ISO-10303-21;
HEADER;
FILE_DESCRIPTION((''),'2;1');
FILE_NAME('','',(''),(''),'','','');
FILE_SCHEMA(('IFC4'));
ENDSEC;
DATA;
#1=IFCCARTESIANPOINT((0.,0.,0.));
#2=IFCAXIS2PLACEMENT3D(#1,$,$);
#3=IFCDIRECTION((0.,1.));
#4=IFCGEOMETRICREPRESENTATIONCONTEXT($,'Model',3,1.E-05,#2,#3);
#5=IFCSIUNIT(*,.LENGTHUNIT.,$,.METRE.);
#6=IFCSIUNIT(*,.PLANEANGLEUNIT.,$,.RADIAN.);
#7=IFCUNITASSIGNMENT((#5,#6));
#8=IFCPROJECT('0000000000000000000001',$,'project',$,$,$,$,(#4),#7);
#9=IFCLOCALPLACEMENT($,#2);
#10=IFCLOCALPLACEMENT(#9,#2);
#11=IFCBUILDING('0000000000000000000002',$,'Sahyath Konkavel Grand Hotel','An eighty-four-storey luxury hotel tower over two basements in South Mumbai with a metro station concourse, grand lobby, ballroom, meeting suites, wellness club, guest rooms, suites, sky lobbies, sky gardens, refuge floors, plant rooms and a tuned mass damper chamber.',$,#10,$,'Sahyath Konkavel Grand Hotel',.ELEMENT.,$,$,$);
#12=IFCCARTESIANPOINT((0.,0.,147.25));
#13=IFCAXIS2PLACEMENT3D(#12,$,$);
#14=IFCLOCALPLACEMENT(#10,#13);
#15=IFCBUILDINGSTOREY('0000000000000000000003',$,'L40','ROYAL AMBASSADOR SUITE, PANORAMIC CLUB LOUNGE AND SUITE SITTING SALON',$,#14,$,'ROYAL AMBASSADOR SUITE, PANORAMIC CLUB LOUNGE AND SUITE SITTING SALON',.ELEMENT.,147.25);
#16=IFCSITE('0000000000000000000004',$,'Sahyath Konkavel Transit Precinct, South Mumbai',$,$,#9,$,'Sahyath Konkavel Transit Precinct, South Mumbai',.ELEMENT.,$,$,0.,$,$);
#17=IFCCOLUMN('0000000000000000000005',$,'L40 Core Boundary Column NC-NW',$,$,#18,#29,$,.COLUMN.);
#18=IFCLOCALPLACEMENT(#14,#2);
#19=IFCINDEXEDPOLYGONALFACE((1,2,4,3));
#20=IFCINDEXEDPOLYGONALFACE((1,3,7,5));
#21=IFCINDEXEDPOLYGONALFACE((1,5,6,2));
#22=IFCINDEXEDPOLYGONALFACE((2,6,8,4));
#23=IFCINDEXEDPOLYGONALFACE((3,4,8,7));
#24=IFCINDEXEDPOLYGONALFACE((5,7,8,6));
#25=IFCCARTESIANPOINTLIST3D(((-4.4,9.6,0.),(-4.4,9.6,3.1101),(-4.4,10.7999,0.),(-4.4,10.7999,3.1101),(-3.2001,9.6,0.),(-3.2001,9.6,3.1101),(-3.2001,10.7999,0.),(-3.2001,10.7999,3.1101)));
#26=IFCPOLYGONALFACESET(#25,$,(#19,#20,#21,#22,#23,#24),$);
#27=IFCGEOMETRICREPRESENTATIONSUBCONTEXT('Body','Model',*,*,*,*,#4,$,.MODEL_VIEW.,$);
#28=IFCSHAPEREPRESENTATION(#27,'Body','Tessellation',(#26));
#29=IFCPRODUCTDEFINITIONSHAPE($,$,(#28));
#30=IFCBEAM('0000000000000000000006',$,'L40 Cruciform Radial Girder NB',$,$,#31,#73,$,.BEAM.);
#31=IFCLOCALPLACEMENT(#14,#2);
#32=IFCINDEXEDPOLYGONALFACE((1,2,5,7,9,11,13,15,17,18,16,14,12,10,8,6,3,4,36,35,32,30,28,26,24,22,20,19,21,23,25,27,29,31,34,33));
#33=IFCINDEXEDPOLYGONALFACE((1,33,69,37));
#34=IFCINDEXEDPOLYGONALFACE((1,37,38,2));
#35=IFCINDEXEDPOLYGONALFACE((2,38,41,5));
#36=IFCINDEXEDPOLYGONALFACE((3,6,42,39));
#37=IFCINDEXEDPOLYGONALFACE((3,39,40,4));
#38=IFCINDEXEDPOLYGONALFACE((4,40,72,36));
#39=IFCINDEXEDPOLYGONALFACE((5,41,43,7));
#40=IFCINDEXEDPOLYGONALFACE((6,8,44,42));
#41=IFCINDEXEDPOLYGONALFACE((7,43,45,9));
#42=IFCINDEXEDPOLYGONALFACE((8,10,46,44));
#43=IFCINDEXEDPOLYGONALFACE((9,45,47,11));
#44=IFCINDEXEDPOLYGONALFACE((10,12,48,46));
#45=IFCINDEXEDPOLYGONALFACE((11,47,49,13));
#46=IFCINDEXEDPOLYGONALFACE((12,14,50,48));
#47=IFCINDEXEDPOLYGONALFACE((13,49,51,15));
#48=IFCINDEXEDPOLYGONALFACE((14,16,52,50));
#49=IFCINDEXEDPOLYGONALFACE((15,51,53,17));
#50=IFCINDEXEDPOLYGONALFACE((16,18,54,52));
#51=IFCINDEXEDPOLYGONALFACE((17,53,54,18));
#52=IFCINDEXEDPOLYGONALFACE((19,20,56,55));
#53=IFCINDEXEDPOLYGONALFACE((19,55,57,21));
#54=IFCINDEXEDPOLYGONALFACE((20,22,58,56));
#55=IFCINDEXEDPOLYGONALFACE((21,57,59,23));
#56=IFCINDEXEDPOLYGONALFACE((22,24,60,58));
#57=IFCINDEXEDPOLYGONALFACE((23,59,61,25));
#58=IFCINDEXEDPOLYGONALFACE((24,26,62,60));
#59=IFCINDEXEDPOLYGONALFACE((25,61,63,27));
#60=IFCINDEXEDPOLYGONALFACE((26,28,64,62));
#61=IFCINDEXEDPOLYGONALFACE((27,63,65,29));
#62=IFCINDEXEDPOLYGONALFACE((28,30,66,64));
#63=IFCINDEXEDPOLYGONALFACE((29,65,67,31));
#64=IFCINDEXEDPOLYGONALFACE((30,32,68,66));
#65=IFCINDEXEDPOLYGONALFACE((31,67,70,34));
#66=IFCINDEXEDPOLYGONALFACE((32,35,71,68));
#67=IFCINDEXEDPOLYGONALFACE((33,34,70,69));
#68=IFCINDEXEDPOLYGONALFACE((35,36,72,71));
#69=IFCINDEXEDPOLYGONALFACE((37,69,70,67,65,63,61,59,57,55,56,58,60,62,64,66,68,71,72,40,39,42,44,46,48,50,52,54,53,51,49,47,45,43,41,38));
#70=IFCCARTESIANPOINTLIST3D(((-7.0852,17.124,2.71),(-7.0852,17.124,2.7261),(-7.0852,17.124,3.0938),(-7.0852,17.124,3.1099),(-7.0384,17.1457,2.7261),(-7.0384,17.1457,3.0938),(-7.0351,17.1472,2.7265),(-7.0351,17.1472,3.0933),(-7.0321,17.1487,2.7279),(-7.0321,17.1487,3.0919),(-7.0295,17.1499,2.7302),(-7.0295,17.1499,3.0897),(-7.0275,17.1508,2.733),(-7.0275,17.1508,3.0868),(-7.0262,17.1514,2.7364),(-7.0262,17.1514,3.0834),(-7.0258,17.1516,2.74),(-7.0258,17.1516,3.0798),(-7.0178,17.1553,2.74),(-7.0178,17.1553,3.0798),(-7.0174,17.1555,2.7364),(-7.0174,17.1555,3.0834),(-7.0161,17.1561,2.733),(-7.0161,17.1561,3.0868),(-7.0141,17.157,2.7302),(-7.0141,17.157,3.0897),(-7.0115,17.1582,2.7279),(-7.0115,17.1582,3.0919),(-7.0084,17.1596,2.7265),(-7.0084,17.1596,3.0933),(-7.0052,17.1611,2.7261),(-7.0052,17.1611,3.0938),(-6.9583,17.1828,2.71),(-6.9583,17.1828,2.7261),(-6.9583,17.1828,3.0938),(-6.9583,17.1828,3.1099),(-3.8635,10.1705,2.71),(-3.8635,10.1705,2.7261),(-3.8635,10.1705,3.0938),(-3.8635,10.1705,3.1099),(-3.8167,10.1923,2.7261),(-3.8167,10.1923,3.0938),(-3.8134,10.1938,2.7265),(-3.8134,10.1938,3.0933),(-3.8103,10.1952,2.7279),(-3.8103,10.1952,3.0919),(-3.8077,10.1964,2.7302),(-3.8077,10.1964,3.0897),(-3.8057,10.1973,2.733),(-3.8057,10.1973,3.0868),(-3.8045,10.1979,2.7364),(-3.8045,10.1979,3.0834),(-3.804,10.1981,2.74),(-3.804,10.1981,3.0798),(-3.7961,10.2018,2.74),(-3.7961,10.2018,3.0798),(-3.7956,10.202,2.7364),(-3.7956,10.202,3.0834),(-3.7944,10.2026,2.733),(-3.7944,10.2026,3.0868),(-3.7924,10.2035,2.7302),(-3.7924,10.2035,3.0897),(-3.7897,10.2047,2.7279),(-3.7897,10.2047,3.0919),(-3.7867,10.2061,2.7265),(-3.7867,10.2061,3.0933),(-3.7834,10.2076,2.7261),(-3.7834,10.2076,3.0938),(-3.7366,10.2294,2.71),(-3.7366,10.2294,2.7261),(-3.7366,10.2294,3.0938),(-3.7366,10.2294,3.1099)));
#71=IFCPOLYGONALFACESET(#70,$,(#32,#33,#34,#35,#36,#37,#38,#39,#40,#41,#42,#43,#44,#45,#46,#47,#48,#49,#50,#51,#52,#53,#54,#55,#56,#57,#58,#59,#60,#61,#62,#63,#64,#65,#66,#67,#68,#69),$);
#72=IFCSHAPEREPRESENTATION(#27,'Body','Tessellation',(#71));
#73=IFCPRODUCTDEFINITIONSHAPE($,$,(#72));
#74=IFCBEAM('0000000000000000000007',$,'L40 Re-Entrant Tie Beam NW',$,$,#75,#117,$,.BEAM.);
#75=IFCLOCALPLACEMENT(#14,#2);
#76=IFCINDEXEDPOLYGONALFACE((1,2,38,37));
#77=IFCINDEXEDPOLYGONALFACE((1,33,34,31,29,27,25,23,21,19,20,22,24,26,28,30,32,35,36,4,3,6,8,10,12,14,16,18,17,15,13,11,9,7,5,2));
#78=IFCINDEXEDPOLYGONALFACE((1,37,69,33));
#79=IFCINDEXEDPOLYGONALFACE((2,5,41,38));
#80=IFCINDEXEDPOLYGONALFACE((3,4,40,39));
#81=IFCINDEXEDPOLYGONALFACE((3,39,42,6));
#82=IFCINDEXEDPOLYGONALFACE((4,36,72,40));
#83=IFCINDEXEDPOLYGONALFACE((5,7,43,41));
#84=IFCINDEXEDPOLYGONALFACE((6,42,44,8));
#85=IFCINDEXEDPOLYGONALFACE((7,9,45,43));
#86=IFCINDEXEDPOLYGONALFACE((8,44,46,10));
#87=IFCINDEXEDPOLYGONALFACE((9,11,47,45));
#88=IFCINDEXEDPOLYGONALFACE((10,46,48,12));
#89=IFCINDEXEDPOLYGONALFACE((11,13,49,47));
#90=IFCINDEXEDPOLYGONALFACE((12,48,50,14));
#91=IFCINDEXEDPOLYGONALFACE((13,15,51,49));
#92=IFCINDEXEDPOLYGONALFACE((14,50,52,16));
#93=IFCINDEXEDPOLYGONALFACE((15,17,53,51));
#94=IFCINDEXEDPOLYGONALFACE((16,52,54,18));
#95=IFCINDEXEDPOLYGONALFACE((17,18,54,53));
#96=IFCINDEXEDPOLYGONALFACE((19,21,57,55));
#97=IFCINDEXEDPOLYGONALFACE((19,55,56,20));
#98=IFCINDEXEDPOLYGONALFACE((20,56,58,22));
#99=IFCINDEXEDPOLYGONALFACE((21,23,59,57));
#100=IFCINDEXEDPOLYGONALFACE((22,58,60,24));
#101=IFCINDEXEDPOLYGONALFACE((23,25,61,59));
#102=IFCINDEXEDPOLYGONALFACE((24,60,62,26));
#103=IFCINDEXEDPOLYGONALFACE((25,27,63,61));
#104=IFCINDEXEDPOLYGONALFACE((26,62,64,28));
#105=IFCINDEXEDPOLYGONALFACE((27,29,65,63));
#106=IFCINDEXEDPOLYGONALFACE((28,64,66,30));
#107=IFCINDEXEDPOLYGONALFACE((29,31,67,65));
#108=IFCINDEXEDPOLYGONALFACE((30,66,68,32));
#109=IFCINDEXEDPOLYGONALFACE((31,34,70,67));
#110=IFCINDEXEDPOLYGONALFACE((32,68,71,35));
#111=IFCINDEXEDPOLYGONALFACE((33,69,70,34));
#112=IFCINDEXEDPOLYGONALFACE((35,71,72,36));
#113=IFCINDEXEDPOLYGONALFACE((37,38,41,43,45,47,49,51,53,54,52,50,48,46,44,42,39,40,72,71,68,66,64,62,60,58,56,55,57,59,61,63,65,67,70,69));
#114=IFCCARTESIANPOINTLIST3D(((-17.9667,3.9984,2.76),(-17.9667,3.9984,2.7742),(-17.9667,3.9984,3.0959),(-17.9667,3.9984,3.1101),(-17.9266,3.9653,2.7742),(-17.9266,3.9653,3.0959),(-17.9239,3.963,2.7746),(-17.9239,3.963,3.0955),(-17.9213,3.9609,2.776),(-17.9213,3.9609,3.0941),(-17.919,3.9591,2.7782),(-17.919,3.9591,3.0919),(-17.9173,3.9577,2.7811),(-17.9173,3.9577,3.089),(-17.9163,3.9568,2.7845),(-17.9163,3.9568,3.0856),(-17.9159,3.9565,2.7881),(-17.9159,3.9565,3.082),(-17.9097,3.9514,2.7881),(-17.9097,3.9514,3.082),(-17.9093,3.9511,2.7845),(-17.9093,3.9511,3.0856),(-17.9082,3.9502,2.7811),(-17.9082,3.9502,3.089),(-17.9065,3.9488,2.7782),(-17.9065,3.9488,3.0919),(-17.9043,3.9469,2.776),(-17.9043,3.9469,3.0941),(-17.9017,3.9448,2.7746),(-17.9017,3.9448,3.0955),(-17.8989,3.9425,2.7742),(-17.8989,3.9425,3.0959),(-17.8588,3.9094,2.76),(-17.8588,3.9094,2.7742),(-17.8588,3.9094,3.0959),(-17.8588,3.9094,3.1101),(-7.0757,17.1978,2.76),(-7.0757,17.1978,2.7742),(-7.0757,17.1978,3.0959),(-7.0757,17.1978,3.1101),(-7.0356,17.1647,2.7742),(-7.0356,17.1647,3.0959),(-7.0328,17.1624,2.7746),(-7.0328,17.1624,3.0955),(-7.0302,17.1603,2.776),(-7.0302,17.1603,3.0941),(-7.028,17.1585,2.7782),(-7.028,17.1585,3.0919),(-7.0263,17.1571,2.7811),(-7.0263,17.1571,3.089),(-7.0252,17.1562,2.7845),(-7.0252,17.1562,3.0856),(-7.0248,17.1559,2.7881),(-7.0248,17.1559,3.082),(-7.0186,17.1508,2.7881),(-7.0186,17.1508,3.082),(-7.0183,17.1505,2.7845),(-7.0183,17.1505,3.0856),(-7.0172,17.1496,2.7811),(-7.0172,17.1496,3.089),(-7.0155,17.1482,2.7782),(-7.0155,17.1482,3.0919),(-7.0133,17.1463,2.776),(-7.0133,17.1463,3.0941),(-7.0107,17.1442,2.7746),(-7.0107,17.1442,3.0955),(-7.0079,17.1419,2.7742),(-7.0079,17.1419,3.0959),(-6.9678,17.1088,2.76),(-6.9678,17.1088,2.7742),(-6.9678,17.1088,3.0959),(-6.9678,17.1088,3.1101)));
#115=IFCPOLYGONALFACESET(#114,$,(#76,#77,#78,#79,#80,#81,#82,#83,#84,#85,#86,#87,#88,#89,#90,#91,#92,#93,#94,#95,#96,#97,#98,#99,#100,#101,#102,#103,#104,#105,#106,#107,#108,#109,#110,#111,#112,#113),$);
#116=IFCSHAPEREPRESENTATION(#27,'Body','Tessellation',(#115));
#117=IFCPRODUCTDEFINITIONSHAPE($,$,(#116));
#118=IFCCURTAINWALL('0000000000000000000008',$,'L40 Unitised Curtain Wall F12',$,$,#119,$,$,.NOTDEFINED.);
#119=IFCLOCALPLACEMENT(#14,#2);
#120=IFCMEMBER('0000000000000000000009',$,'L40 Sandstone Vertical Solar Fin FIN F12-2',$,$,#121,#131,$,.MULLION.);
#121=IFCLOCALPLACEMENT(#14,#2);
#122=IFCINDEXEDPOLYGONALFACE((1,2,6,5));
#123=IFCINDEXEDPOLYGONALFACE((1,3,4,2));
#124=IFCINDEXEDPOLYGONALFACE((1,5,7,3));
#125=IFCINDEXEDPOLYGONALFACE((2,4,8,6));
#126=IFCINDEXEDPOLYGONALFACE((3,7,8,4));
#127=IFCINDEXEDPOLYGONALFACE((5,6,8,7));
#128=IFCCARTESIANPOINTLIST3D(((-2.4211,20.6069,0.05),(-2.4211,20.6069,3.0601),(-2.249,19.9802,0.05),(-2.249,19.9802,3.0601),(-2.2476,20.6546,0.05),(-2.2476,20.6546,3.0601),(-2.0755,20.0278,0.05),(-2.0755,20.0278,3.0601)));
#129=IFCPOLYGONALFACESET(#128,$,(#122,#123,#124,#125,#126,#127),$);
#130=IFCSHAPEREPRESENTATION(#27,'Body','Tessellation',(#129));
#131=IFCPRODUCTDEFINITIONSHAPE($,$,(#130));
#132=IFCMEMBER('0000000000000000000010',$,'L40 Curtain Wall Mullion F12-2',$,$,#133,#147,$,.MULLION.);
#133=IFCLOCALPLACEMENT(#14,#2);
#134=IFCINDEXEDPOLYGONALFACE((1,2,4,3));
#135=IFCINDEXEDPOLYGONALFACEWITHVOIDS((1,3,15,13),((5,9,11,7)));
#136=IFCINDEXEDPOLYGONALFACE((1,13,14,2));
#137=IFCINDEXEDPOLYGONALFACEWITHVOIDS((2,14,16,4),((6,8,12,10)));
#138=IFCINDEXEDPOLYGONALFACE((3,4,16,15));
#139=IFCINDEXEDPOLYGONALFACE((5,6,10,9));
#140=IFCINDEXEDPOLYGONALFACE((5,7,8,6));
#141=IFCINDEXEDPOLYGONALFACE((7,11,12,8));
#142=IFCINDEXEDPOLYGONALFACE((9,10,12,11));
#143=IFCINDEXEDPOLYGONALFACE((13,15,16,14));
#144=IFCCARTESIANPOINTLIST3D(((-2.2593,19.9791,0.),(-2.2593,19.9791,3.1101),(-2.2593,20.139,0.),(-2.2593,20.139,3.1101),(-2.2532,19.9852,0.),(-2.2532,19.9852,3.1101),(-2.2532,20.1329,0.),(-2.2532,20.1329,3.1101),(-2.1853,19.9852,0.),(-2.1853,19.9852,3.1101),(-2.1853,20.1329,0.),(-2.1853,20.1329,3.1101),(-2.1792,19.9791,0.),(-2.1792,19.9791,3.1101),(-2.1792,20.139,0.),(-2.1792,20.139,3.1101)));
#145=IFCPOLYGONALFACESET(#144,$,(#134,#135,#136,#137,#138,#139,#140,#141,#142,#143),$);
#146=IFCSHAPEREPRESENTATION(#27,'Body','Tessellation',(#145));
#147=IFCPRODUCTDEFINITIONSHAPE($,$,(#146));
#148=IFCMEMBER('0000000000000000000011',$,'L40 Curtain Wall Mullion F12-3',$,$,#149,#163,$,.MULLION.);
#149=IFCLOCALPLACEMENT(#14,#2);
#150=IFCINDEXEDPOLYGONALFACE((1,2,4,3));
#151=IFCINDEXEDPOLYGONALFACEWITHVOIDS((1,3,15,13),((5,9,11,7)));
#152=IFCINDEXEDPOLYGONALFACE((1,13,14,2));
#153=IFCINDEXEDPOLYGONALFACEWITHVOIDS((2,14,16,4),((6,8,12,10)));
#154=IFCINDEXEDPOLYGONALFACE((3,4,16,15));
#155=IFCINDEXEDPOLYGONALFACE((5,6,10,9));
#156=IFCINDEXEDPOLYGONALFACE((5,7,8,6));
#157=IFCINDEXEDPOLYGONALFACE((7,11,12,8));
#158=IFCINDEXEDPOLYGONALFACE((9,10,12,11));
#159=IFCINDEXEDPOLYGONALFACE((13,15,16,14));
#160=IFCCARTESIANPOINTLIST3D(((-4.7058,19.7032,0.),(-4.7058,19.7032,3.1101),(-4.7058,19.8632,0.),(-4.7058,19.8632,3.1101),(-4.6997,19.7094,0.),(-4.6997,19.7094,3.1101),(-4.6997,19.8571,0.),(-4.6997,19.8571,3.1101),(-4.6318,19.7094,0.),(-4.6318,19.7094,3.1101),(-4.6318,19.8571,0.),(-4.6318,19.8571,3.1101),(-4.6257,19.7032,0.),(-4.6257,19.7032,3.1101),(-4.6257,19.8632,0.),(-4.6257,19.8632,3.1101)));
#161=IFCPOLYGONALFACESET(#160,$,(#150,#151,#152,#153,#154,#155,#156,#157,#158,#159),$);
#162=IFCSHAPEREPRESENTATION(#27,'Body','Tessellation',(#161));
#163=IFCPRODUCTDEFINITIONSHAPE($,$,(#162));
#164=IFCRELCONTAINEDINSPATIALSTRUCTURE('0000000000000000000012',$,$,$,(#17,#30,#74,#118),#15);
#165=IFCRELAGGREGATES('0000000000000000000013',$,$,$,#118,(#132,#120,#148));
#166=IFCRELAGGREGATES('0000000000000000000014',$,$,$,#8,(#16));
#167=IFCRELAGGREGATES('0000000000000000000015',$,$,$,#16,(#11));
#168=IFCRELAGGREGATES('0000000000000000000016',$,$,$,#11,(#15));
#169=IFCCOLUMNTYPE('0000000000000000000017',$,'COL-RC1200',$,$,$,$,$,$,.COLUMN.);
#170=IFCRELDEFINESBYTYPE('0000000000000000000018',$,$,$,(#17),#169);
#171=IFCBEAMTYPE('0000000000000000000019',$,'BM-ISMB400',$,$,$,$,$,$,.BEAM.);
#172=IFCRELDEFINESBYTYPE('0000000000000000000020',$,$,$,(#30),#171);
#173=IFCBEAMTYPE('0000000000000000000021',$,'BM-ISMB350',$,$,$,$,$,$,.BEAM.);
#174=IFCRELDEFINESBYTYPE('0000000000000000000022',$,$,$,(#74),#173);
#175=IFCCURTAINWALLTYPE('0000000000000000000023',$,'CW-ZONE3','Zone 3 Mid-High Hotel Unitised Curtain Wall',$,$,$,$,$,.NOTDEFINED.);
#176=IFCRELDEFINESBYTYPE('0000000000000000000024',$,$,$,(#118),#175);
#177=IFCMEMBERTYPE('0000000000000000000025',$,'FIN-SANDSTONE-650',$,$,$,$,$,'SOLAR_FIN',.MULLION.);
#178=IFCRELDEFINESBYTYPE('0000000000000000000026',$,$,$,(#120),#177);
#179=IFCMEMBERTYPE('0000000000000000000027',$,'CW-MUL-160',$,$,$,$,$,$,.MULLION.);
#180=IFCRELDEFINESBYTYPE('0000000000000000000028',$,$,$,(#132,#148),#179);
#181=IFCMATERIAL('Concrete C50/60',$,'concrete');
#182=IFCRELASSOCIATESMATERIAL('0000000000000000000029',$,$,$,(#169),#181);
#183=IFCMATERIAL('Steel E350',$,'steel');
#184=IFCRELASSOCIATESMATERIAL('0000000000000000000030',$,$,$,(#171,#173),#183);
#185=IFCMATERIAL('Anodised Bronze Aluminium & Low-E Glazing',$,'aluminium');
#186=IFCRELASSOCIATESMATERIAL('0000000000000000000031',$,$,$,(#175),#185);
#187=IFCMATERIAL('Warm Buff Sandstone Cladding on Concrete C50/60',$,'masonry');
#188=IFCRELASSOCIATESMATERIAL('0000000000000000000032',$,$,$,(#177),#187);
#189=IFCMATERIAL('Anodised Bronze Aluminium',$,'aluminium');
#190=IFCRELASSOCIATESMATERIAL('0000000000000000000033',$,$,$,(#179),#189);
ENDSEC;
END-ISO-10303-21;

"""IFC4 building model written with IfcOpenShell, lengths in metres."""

from ifc_helpers import new_model, si_unit, direction, frame, origin, origin_2d, place, context, subcontext, project, spatial, rectangle, hollow_rectangle, i_section, extrude, source, transform, mapped, material, material_profile, profile_set, type_object, element, aggregate, save


model = new_model("IFC4")

# Units and contexts
model_context = context("Model", 3, precision=1e-05, world=origin(), true_north=direction((0.0, 1.0)))
body_context = subcontext(model_context, "Body", "Model", "MODEL_VIEW")
ifc_project = project(units=[si_unit("LENGTHUNIT", "METRE"), si_unit("PLANEANGLEUNIT", "RADIAN")], contexts=[model_context])

# Site, building, storey
site_placement = place(None, origin())
site = spatial("IfcSite", under=ifc_project, at=site_placement, Name="Sahyath Konkavel Transit Precinct, South Mumbai", LongName="Sahyath Konkavel Transit Precinct, South Mumbai", CompositionType="ELEMENT", RefElevation=0.0)
building_placement = place(site_placement, origin())
building = spatial("IfcBuilding", under=site, at=building_placement, Name="Sahyath Konkavel Grand Hotel", Description="An eighty-four-storey luxury hotel tower over two basements in South Mumbai with a metro station concourse, grand lobby, ballroom, meeting suites, wellness club, guest rooms, suites, sky lobbies, sky gardens, refuge floors, plant rooms and a tuned mass damper chamber.", LongName="Sahyath Konkavel Grand Hotel", CompositionType="ELEMENT")
storey_placement = place(building_placement, frame((0.0, 0.0, 147.25)))
storey = spatial("IfcBuildingStorey", under=building, at=storey_placement, Name="L40", Description="ROYAL AMBASSADOR SUITE, PANORAMIC CLUB LOUNGE AND SUITE SITTING SALON", LongName="ROYAL AMBASSADOR SUITE, PANORAMIC CLUB LOUNGE AND SUITE SITTING SALON", CompositionType="ELEMENT", Elevation=147.25)

# Column
ifc_material_1 = material(Name="Concrete C50/60", Category="concrete")
ifc_material_profile_1 = material_profile(ifc_material_1, rectangle(XDim=1.2, YDim=1.2, at=origin_2d()), Name="RC 1200x1200")
ifc_profile_set_1 = profile_set([ifc_material_profile_1], Name="Concrete C50/60")
column_type = type_object("IfcColumnType", Name="COL-RC1200", PredefinedType="COLUMN", material=ifc_profile_set_1)
shared_shape_1 = source(origin(), body_context, "Body", "SweptSolid", [
    extrude(rectangle(XDim=1.2, YDim=1.2, at=origin_2d()), origin(), (0.0, 0.0, 1.0), 3.1101),
])
column_placement = place(storey_placement, frame((-3.8, 10.2, 0.0), z_axis=(0.0, 0.0, 1.0), x_axis=(1.0, 0.0, 0.0)))
element("IfcColumn", 1, at=column_placement, inside=storey, type_object=column_type, Name="L40 Core Boundary Column NC-NW", PredefinedType="COLUMN", context=body_context, shape_type="MappedRepresentation", body=[
    mapped(shared_shape_1, transform((0.0, 0.0, 0.0), scale=1.0)),
])

# Beams
ifc_material_2 = material(Name="Steel E350", Category="steel")
ifc_material_profile_2 = material_profile(ifc_material_2, i_section(OverallWidth=0.1399, OverallDepth=0.3999, WebThickness=0.0088, FlangeThickness=0.0161, FilletRadius=0.0139, at=origin_2d()), Name="ISMB 400")
ifc_profile_set_2 = profile_set([ifc_material_profile_2], Name="Steel E350")
beam_type_1 = type_object("IfcBeamType", Name="BM-ISMB400", PredefinedType="BEAM", material=ifc_profile_set_2)
shared_shape_2 = source(origin(), body_context, "Body", "SweptSolid", [
    extrude(i_section(OverallWidth=0.1399, OverallDepth=0.3999, WebThickness=0.0088, FlangeThickness=0.0161, FilletRadius=0.0139, at=origin_2d()), origin(), (0.0, 0.0, 1.0), 7.6636),
])
beam_1_placement = place(storey_placement, frame((-3.8, 10.2, 2.9099), z_axis=(-0.420395, 0.907341, 0.0), x_axis=(-0.907341, -0.420395, 0.0)))
element("IfcBeam", 2, at=beam_1_placement, inside=storey, type_object=beam_type_1, Name="L40 Cruciform Radial Girder NB", PredefinedType="BEAM", context=body_context, shape_type="MappedRepresentation", body=[
    mapped(shared_shape_2, transform((0.0, 0.0, 0.0), scale=1.0)),
])
ifc_material_profile_3 = material_profile(ifc_material_2, i_section(OverallWidth=0.1399, OverallDepth=0.3501, WebThickness=0.0081, FlangeThickness=0.0142, FilletRadius=0.0139, at=origin_2d()), Name="ISMB 350")
ifc_profile_set_3 = profile_set([ifc_material_profile_3], Name="Steel E350")
beam_type_2 = type_object("IfcBeamType", Name="BM-ISMB350", PredefinedType="BEAM", material=ifc_profile_set_3)
shared_shape_3 = source(origin(), body_context, "Body", "SweptSolid", [
    extrude(i_section(OverallWidth=0.1399, OverallDepth=0.3501, WebThickness=0.0081, FlangeThickness=0.0142, FilletRadius=0.0139, at=origin_2d()), origin(), (0.0, 0.0, 1.0), 17.1125),
])
beam_2_placement = place(storey_placement, frame((-7.0217, 17.1533, 2.9351), z_axis=(-0.636437, -0.771329, 0.0), x_axis=(0.771329, -0.636437, 0.0)))
element("IfcBeam", 3, at=beam_2_placement, inside=storey, type_object=beam_type_2, Name="L40 Re-Entrant Tie Beam NW", PredefinedType="BEAM", context=body_context, shape_type="MappedRepresentation", body=[
    mapped(shared_shape_3, transform((0.0, 0.0, 0.0), scale=1.0)),
])

# Curtain wall, members
ifc_material_3 = material(Name="Anodised Bronze Aluminium & Low-E Glazing", Category="aluminium")
curtain_wall_type = type_object("IfcCurtainWallType", Name="CW-ZONE3", Description="Zone 3 Mid-High Hotel Unitised Curtain Wall", PredefinedType="NOTDEFINED", material=ifc_material_3)
curtain_wall_placement = place(storey_placement, origin())
curtain_wall = element("IfcCurtainWall", 4, at=curtain_wall_placement, inside=storey, type_object=curtain_wall_type, Name="L40 Unitised Curtain Wall F12", PredefinedType="NOTDEFINED")
ifc_material_4 = material(Name="Warm Buff Sandstone Cladding on Concrete C50/60", Category="masonry")
ifc_material_profile_4 = material_profile(ifc_material_4, rectangle(XDim=0.1799, YDim=0.6499, at=origin_2d()), Name="FIN 180x650")
ifc_profile_set_4 = profile_set([ifc_material_profile_4], Name="Warm Buff Sandstone Cladding on Concrete C50/60")
member_type_1 = type_object("IfcMemberType", Name="FIN-SANDSTONE-650", ElementType="SOLAR_FIN", PredefinedType="MULLION", material=ifc_profile_set_4)
shared_shape_4 = source(origin(), body_context, "Body", "SweptSolid", [
    extrude(rectangle(XDim=0.1799, YDim=0.6499, at=origin_2d()), origin(), (0.0, 0.0, 1.0), 3.01),
])
member_1_placement = place(storey_placement, frame((-2.2483, 20.3174, 0.05), z_axis=(0.0, 0.0, 1.0), x_axis=(0.964327, 0.264715, 0.0)))
member_1 = element("IfcMember", 5, at=member_1_placement, type_object=member_type_1, Name="L40 Sandstone Vertical Solar Fin FIN F12-2", PredefinedType="MULLION", context=body_context, shape_type="MappedRepresentation", body=[
    mapped(shared_shape_4, transform((0.0, 0.0, 0.0), scale=1.0)),
])
ifc_material_5 = material(Name="Anodised Bronze Aluminium", Category="aluminium")
ifc_material_profile_5 = material_profile(ifc_material_5, hollow_rectangle(XDim=0.0801, YDim=0.1599, WallThickness=0.0061, at=origin_2d()), Name="RHS 160x80x6")
ifc_profile_set_5 = profile_set([ifc_material_profile_5], Name="Anodised Bronze Aluminium")
member_type_2 = type_object("IfcMemberType", Name="CW-MUL-160", PredefinedType="MULLION", material=ifc_profile_set_5)
shared_shape_5 = source(origin(), body_context, "Body", "SweptSolid", [
    extrude(hollow_rectangle(XDim=0.0801, YDim=0.1599, WallThickness=0.0061, at=origin_2d()), origin(), (0.0, 0.0, 1.0), 3.1101),
])
member_2_placement = place(storey_placement, frame((-2.2192, 20.0591, 0.0), z_axis=(0.0, 0.0, 1.0), x_axis=(1.0, 0.0, 0.0)))
member_2 = element("IfcMember", 6, at=member_2_placement, type_object=member_type_2, Name="L40 Curtain Wall Mullion F12-2", PredefinedType="MULLION", context=body_context, shape_type="MappedRepresentation", body=[
    mapped(shared_shape_5, transform((0.0, 0.0, 0.0), scale=1.0)),
])
member_3_placement = place(storey_placement, frame((-4.6658, 19.7832, 0.0), z_axis=(0.0, 0.0, 1.0), x_axis=(1.0, 0.0, 0.0)))
member_3 = element("IfcMember", 7, at=member_3_placement, type_object=member_type_2, Name="L40 Curtain Wall Mullion F12-3", PredefinedType="MULLION", context=body_context, shape_type="MappedRepresentation", body=[
    mapped(shared_shape_5, transform((0.0, 0.0, 0.0), scale=1.0)),
])

aggregate(curtain_wall, [member_2, member_1, member_3])

save(model, "model.ifc")
